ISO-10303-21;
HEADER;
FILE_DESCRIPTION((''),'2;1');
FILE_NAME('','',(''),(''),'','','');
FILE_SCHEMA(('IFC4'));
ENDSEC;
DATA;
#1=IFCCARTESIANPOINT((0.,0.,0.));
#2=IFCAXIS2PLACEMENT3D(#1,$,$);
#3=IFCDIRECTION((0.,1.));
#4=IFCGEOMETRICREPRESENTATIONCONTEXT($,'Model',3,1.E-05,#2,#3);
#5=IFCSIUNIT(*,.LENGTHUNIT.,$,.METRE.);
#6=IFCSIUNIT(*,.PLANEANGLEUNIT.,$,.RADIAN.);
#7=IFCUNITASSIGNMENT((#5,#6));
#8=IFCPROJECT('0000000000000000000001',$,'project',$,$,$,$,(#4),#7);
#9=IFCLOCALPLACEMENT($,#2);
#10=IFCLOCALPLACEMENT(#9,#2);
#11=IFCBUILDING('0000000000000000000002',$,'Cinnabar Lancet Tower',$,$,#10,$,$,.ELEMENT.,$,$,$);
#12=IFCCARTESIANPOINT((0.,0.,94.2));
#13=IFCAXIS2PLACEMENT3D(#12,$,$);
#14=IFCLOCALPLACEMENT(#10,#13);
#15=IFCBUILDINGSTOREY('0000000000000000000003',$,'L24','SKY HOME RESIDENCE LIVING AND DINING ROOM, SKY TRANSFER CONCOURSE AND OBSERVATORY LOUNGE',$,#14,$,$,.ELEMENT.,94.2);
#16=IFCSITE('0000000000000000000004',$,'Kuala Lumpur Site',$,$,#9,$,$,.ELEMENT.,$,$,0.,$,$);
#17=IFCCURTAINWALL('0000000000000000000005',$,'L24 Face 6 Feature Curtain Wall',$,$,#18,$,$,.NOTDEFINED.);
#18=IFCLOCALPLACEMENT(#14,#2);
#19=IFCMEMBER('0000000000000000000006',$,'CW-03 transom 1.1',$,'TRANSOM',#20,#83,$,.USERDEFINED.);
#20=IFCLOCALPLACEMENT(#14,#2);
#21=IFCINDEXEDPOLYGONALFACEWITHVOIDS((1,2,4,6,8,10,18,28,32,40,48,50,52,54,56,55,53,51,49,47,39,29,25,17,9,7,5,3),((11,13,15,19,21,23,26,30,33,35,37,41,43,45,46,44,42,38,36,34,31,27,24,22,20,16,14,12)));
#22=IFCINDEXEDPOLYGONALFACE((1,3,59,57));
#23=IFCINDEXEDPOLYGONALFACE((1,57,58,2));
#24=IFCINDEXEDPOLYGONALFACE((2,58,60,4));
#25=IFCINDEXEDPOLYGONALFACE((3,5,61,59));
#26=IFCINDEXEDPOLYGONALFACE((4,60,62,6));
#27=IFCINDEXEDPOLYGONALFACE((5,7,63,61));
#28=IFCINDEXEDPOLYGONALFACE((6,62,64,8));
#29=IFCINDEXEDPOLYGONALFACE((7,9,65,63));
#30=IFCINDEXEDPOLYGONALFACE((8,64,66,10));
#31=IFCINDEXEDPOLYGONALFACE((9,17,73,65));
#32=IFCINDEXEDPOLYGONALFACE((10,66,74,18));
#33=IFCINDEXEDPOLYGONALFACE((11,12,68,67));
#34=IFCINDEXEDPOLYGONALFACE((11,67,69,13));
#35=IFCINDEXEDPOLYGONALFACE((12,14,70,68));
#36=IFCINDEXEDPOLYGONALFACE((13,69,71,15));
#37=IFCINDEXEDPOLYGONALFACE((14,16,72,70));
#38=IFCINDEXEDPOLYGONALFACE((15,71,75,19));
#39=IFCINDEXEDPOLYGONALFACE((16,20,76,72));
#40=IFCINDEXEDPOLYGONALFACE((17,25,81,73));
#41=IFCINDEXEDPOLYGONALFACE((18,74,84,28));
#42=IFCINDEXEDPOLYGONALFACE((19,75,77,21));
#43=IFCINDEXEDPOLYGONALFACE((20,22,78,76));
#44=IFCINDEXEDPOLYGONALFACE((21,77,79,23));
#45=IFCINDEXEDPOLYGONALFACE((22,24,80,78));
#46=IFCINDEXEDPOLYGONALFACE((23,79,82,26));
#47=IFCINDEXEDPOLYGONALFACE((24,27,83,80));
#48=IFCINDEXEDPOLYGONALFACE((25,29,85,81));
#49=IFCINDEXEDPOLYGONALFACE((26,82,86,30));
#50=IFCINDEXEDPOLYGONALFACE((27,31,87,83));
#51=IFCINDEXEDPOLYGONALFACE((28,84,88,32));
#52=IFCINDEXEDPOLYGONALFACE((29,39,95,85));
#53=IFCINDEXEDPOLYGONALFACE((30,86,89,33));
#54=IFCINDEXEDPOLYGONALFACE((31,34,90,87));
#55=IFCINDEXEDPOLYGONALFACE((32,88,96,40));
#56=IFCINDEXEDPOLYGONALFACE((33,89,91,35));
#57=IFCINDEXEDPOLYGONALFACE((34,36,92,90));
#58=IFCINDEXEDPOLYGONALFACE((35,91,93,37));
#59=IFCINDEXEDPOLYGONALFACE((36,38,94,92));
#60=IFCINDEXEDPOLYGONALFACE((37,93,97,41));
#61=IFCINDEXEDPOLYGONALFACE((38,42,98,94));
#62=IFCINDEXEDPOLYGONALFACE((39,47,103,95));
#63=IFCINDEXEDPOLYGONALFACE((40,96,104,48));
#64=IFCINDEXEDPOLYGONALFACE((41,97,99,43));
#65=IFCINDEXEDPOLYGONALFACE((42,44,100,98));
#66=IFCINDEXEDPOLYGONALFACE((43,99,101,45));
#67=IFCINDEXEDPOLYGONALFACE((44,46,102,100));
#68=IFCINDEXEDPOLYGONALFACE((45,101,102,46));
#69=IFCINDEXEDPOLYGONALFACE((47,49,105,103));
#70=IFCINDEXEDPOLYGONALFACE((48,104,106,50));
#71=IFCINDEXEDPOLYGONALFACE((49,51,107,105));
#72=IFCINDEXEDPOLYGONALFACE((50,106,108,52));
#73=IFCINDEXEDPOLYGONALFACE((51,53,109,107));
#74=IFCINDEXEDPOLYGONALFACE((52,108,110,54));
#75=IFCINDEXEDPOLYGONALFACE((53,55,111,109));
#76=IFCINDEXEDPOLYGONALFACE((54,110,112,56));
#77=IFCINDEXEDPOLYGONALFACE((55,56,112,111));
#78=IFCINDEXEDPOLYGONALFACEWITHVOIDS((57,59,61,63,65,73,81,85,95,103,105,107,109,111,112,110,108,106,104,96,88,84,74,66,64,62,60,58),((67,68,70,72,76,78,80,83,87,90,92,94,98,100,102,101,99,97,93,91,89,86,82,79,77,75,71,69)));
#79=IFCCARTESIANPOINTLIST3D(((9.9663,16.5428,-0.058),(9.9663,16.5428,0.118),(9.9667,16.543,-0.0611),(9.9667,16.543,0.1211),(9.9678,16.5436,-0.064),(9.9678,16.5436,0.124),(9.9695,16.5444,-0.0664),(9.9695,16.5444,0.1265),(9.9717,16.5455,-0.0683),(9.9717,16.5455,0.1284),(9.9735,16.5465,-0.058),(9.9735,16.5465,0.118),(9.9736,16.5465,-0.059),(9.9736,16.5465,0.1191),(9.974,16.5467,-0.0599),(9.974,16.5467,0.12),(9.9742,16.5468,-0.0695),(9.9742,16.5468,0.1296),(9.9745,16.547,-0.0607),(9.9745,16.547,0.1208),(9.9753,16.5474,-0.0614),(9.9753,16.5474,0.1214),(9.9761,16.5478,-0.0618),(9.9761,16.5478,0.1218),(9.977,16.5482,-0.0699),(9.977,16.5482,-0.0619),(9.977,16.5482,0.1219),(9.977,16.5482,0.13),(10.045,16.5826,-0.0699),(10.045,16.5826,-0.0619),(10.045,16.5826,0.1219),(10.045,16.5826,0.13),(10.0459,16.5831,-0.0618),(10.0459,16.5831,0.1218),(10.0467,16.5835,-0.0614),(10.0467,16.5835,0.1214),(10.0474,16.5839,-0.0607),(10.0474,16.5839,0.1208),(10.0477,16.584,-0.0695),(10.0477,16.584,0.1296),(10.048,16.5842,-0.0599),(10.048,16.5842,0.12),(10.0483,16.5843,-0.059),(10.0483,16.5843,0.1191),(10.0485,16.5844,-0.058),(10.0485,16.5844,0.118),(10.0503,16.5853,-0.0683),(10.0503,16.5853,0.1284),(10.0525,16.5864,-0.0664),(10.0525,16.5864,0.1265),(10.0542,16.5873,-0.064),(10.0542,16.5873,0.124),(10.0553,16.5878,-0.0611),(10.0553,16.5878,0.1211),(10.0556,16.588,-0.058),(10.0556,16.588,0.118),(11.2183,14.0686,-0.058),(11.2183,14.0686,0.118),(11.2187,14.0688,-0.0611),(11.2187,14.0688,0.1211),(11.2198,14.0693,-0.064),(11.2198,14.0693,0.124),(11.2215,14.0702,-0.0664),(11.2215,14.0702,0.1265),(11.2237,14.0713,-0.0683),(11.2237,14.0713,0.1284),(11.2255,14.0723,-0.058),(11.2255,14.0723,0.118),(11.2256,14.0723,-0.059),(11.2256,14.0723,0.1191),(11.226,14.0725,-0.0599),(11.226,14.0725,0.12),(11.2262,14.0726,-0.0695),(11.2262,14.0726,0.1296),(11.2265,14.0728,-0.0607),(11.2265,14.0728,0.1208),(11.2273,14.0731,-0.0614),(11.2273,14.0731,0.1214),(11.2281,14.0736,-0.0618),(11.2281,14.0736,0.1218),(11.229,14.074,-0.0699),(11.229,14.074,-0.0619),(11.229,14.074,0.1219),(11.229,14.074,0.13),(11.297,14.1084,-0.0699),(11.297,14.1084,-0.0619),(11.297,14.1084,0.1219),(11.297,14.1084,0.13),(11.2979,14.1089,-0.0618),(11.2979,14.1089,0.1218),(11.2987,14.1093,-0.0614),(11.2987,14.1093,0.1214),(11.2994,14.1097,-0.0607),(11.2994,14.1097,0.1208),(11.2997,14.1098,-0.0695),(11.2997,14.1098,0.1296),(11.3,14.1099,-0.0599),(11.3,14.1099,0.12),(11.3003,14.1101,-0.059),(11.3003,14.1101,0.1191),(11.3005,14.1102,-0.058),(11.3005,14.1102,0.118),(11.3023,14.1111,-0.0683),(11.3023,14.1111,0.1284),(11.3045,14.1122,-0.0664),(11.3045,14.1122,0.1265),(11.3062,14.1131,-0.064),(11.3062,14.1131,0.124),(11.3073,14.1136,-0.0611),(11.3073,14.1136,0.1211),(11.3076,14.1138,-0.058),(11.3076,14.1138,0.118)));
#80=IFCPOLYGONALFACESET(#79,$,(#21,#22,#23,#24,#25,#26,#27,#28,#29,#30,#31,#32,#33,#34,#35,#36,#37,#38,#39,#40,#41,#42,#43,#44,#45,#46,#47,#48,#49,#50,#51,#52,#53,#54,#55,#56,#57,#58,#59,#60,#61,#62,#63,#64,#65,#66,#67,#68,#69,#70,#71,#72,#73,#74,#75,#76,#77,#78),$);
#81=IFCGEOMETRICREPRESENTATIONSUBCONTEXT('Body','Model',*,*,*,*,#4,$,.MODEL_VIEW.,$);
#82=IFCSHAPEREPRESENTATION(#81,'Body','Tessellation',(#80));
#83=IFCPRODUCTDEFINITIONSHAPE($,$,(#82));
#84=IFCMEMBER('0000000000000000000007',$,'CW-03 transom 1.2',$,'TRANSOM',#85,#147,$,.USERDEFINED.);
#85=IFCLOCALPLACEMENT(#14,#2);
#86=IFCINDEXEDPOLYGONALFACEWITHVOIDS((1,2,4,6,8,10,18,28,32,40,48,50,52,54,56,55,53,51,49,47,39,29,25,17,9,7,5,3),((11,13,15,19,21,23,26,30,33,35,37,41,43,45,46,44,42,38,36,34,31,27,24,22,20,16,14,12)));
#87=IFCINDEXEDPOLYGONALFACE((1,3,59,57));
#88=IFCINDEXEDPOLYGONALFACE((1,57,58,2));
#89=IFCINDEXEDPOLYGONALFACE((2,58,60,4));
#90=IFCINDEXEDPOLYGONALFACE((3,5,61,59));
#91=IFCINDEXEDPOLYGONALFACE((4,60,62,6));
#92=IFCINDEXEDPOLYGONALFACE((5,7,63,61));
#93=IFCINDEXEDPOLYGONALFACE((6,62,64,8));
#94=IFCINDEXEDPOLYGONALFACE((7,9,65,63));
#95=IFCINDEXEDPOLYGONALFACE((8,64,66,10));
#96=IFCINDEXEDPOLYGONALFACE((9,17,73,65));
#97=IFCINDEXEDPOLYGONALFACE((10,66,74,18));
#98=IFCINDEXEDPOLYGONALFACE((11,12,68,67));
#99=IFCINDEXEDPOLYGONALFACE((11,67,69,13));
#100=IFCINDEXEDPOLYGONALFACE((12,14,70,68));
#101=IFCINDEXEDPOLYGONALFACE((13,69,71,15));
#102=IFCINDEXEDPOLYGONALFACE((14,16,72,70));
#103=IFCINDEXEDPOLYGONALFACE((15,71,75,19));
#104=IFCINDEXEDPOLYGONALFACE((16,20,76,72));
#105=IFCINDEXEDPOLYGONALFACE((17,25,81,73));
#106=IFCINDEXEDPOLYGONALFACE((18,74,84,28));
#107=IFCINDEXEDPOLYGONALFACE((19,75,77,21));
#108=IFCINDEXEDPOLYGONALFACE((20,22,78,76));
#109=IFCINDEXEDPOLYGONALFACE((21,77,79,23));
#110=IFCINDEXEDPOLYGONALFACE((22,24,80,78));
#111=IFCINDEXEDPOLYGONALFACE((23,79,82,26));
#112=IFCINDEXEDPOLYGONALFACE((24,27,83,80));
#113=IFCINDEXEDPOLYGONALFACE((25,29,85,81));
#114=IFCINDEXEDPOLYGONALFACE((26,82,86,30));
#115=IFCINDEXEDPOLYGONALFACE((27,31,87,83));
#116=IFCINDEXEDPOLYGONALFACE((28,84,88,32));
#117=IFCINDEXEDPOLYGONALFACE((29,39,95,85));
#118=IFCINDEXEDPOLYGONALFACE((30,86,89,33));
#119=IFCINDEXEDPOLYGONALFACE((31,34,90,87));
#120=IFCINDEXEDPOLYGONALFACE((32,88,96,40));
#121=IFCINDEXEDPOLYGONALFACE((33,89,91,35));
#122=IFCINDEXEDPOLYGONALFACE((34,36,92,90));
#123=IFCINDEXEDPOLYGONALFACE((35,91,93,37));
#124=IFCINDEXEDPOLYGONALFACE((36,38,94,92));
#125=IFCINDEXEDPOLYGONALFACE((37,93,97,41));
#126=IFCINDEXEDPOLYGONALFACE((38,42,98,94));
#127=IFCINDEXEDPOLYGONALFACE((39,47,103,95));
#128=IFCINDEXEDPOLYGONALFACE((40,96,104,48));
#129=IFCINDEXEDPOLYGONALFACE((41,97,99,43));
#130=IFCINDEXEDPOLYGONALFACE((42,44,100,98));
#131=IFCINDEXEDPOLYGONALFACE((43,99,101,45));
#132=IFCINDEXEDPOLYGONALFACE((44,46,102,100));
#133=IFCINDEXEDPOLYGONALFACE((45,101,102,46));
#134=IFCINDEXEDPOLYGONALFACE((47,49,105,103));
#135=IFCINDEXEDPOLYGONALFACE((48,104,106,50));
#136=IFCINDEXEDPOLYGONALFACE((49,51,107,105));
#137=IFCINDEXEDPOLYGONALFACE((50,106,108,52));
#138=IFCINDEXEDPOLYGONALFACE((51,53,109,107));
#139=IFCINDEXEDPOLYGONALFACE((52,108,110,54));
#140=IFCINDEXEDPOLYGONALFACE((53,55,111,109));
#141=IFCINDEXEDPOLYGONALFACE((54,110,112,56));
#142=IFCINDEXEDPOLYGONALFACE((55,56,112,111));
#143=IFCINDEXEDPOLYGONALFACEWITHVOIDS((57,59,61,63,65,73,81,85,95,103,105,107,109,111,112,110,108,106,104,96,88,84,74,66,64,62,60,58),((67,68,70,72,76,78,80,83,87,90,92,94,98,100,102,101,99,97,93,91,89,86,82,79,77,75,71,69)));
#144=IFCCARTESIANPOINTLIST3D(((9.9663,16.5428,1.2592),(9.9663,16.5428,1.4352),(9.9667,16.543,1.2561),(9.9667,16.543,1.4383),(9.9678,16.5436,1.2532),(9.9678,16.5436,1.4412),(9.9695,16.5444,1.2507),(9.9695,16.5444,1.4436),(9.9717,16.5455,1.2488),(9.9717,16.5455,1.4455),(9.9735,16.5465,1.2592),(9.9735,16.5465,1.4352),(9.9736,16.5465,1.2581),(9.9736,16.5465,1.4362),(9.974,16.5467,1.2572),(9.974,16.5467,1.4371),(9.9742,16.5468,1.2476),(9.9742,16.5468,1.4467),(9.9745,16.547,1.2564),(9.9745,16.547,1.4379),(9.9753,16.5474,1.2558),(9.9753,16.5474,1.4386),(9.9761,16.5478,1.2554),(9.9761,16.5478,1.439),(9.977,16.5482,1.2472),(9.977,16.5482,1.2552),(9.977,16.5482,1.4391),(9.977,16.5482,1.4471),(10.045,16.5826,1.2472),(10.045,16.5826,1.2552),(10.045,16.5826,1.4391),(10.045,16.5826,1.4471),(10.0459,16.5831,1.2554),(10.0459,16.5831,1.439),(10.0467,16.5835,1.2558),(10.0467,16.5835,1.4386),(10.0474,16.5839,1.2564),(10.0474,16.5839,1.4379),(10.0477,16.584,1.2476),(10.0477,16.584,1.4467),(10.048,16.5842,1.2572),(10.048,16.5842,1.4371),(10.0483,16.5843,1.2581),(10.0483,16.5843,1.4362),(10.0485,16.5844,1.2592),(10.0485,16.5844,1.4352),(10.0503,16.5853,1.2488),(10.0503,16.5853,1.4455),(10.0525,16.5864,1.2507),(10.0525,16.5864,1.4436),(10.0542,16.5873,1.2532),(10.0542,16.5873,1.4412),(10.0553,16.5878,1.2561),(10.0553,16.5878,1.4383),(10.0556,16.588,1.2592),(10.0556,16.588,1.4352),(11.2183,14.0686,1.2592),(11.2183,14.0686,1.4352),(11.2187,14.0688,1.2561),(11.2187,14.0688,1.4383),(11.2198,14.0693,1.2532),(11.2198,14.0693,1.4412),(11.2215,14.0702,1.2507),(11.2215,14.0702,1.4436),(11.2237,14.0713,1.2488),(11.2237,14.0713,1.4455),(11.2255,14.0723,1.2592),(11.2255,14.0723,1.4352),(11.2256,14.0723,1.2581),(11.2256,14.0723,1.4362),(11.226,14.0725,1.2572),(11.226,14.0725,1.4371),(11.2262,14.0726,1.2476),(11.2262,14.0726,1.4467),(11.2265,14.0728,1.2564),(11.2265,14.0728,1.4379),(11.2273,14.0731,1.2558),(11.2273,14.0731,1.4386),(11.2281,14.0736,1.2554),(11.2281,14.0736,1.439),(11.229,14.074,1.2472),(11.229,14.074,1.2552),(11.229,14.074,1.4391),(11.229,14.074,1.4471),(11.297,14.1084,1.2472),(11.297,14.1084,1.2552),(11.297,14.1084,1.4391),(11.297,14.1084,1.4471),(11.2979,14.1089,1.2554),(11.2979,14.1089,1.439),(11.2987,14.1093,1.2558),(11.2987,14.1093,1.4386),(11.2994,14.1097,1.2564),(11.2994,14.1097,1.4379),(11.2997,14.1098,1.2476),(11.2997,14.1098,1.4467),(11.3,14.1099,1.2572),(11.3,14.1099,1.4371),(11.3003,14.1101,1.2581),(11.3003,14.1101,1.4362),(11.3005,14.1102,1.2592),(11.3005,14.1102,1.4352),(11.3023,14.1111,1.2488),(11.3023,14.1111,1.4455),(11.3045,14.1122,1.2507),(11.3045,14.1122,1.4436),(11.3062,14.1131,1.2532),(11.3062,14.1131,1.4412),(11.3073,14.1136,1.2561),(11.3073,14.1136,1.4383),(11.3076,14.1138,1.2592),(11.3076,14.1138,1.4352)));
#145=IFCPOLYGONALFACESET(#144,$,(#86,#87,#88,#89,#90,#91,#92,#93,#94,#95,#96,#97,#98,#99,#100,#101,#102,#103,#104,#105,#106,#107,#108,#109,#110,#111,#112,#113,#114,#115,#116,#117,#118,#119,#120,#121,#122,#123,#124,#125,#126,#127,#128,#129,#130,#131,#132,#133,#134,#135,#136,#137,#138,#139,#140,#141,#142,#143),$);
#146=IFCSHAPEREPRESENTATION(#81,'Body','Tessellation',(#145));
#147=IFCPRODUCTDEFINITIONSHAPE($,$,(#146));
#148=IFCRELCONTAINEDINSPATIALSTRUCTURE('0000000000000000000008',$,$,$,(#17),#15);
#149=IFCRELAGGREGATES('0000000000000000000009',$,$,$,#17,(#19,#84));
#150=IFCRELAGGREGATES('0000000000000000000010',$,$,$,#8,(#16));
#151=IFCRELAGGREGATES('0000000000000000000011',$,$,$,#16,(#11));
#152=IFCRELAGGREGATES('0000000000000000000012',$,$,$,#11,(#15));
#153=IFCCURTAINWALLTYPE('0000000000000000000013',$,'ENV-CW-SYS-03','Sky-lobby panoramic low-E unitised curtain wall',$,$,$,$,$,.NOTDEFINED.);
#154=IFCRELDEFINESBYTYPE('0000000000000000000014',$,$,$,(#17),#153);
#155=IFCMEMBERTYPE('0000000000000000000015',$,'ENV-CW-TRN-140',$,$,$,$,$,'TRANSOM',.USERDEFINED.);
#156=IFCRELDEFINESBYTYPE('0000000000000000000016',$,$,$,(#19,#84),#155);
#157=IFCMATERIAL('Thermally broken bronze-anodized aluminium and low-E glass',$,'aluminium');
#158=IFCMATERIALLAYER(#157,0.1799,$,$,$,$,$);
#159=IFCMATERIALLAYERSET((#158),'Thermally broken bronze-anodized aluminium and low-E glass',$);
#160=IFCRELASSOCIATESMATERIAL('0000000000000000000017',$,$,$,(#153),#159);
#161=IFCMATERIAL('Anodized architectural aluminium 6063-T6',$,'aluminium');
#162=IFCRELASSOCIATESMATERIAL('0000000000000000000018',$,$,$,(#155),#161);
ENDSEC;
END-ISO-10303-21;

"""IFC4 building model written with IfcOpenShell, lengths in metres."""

from ifc_helpers import new_model, si_unit, direction, frame, origin, origin_2d, place, context, subcontext, project, spatial, hollow_rectangle, extrude, material, layer, layer_set, material_profile, profile_set, type_object, element, aggregate, save


model = new_model("IFC4")

# Units and contexts
model_context = context("Model", 3, precision=1e-05, world=origin(), true_north=direction((0.0, 1.0)))
body_context = subcontext(model_context, "Body", "Model", "MODEL_VIEW")
ifc_project = project(units=[si_unit("LENGTHUNIT", "METRE"), si_unit("PLANEANGLEUNIT", "RADIAN")], contexts=[model_context])

# Site, building, storey
site_placement = place(None, origin())
site = spatial("IfcSite", under=ifc_project, at=site_placement, Name="Kuala Lumpur Site", CompositionType="ELEMENT", RefElevation=0.0)
building_placement = place(site_placement, origin())
building = spatial("IfcBuilding", under=site, at=building_placement, Name="Cinnabar Lancet Tower", CompositionType="ELEMENT")
storey_placement = place(building_placement, frame((0.0, 0.0, 94.2)))
storey = spatial("IfcBuildingStorey", under=building, at=storey_placement, Name="L24", Description="SKY HOME RESIDENCE LIVING AND DINING ROOM, SKY TRANSFER CONCOURSE AND OBSERVATORY LOUNGE", CompositionType="ELEMENT", Elevation=94.2)

# Curtain wall, members
ifc_material_1 = material(Name="Thermally broken bronze-anodized aluminium and low-E glass", Category="aluminium")
ifc_layer_1 = layer(ifc_material_1, 0.1799)
ifc_layer_set_1 = layer_set([ifc_layer_1], Name="Thermally broken bronze-anodized aluminium and low-E glass")
curtain_wall_type = type_object("IfcCurtainWallType", Name="ENV-CW-SYS-03", Description="Sky-lobby panoramic low-E unitised curtain wall", PredefinedType="NOTDEFINED", material=ifc_layer_set_1)
curtain_wall_placement = place(storey_placement, origin())
curtain_wall = element("IfcCurtainWall", 1, at=curtain_wall_placement, inside=storey, type_object=curtain_wall_type, Name="L24 Face 6 Feature Curtain Wall", PredefinedType="NOTDEFINED")
ifc_material_2 = material(Name="Anodized architectural aluminium 6063-T6", Category="aluminium")
ifc_material_profile_1 = material_profile(ifc_material_2, hollow_rectangle(XDim=0.1001, YDim=0.2, WallThickness=0.0081, InnerFilletRadius=0.0039, OuterFilletRadius=0.012, at=origin_2d()), Name="RHS 200x100x8")
ifc_profile_set_1 = profile_set([ifc_material_profile_1], Name="Anodized architectural aluminium 6063-T6")
member_type_1 = type_object("IfcMemberType", Name="ENV-CW-TRN-140", ElementType="TRANSOM", PredefinedType="USERDEFINED", material=ifc_profile_set_1)
member_1_placement = place(storey_placement, frame((10.011, 16.5654, 0.03), z_axis=(0.451505, -0.892269, 0.0), x_axis=(0.892269, 0.451505, 0.0)))
member_1 = element("IfcMember", 2, at=member_1_placement, type_object=member_type_1, Name="CW-03 transom 1.1", ObjectType="TRANSOM", PredefinedType="USERDEFINED", context=body_context, shape_type="SweptSolid", body=[
    extrude(hollow_rectangle(XDim=0.1001, YDim=0.2, WallThickness=0.0081, InnerFilletRadius=0.0039, OuterFilletRadius=0.012, at=origin_2d()), origin(), (0.0, 0.0, 1.0), 2.7729),
])
member_2_placement = place(storey_placement, frame((10.011, 16.5654, 1.3472), z_axis=(0.451505, -0.892269, 0.0), x_axis=(0.892269, 0.451505, 0.0)))
member_2 = element("IfcMember", 3, at=member_2_placement, type_object=member_type_1, Name="CW-03 transom 1.2", ObjectType="TRANSOM", PredefinedType="USERDEFINED", context=body_context, shape_type="SweptSolid", body=[
    extrude(hollow_rectangle(XDim=0.1001, YDim=0.2, WallThickness=0.0081, InnerFilletRadius=0.0039, OuterFilletRadius=0.012, at=origin_2d()), origin(), (0.0, 0.0, 1.0), 2.7729),
])

aggregate(curtain_wall, [member_1, member_2])

save(model, "model.ifc")
